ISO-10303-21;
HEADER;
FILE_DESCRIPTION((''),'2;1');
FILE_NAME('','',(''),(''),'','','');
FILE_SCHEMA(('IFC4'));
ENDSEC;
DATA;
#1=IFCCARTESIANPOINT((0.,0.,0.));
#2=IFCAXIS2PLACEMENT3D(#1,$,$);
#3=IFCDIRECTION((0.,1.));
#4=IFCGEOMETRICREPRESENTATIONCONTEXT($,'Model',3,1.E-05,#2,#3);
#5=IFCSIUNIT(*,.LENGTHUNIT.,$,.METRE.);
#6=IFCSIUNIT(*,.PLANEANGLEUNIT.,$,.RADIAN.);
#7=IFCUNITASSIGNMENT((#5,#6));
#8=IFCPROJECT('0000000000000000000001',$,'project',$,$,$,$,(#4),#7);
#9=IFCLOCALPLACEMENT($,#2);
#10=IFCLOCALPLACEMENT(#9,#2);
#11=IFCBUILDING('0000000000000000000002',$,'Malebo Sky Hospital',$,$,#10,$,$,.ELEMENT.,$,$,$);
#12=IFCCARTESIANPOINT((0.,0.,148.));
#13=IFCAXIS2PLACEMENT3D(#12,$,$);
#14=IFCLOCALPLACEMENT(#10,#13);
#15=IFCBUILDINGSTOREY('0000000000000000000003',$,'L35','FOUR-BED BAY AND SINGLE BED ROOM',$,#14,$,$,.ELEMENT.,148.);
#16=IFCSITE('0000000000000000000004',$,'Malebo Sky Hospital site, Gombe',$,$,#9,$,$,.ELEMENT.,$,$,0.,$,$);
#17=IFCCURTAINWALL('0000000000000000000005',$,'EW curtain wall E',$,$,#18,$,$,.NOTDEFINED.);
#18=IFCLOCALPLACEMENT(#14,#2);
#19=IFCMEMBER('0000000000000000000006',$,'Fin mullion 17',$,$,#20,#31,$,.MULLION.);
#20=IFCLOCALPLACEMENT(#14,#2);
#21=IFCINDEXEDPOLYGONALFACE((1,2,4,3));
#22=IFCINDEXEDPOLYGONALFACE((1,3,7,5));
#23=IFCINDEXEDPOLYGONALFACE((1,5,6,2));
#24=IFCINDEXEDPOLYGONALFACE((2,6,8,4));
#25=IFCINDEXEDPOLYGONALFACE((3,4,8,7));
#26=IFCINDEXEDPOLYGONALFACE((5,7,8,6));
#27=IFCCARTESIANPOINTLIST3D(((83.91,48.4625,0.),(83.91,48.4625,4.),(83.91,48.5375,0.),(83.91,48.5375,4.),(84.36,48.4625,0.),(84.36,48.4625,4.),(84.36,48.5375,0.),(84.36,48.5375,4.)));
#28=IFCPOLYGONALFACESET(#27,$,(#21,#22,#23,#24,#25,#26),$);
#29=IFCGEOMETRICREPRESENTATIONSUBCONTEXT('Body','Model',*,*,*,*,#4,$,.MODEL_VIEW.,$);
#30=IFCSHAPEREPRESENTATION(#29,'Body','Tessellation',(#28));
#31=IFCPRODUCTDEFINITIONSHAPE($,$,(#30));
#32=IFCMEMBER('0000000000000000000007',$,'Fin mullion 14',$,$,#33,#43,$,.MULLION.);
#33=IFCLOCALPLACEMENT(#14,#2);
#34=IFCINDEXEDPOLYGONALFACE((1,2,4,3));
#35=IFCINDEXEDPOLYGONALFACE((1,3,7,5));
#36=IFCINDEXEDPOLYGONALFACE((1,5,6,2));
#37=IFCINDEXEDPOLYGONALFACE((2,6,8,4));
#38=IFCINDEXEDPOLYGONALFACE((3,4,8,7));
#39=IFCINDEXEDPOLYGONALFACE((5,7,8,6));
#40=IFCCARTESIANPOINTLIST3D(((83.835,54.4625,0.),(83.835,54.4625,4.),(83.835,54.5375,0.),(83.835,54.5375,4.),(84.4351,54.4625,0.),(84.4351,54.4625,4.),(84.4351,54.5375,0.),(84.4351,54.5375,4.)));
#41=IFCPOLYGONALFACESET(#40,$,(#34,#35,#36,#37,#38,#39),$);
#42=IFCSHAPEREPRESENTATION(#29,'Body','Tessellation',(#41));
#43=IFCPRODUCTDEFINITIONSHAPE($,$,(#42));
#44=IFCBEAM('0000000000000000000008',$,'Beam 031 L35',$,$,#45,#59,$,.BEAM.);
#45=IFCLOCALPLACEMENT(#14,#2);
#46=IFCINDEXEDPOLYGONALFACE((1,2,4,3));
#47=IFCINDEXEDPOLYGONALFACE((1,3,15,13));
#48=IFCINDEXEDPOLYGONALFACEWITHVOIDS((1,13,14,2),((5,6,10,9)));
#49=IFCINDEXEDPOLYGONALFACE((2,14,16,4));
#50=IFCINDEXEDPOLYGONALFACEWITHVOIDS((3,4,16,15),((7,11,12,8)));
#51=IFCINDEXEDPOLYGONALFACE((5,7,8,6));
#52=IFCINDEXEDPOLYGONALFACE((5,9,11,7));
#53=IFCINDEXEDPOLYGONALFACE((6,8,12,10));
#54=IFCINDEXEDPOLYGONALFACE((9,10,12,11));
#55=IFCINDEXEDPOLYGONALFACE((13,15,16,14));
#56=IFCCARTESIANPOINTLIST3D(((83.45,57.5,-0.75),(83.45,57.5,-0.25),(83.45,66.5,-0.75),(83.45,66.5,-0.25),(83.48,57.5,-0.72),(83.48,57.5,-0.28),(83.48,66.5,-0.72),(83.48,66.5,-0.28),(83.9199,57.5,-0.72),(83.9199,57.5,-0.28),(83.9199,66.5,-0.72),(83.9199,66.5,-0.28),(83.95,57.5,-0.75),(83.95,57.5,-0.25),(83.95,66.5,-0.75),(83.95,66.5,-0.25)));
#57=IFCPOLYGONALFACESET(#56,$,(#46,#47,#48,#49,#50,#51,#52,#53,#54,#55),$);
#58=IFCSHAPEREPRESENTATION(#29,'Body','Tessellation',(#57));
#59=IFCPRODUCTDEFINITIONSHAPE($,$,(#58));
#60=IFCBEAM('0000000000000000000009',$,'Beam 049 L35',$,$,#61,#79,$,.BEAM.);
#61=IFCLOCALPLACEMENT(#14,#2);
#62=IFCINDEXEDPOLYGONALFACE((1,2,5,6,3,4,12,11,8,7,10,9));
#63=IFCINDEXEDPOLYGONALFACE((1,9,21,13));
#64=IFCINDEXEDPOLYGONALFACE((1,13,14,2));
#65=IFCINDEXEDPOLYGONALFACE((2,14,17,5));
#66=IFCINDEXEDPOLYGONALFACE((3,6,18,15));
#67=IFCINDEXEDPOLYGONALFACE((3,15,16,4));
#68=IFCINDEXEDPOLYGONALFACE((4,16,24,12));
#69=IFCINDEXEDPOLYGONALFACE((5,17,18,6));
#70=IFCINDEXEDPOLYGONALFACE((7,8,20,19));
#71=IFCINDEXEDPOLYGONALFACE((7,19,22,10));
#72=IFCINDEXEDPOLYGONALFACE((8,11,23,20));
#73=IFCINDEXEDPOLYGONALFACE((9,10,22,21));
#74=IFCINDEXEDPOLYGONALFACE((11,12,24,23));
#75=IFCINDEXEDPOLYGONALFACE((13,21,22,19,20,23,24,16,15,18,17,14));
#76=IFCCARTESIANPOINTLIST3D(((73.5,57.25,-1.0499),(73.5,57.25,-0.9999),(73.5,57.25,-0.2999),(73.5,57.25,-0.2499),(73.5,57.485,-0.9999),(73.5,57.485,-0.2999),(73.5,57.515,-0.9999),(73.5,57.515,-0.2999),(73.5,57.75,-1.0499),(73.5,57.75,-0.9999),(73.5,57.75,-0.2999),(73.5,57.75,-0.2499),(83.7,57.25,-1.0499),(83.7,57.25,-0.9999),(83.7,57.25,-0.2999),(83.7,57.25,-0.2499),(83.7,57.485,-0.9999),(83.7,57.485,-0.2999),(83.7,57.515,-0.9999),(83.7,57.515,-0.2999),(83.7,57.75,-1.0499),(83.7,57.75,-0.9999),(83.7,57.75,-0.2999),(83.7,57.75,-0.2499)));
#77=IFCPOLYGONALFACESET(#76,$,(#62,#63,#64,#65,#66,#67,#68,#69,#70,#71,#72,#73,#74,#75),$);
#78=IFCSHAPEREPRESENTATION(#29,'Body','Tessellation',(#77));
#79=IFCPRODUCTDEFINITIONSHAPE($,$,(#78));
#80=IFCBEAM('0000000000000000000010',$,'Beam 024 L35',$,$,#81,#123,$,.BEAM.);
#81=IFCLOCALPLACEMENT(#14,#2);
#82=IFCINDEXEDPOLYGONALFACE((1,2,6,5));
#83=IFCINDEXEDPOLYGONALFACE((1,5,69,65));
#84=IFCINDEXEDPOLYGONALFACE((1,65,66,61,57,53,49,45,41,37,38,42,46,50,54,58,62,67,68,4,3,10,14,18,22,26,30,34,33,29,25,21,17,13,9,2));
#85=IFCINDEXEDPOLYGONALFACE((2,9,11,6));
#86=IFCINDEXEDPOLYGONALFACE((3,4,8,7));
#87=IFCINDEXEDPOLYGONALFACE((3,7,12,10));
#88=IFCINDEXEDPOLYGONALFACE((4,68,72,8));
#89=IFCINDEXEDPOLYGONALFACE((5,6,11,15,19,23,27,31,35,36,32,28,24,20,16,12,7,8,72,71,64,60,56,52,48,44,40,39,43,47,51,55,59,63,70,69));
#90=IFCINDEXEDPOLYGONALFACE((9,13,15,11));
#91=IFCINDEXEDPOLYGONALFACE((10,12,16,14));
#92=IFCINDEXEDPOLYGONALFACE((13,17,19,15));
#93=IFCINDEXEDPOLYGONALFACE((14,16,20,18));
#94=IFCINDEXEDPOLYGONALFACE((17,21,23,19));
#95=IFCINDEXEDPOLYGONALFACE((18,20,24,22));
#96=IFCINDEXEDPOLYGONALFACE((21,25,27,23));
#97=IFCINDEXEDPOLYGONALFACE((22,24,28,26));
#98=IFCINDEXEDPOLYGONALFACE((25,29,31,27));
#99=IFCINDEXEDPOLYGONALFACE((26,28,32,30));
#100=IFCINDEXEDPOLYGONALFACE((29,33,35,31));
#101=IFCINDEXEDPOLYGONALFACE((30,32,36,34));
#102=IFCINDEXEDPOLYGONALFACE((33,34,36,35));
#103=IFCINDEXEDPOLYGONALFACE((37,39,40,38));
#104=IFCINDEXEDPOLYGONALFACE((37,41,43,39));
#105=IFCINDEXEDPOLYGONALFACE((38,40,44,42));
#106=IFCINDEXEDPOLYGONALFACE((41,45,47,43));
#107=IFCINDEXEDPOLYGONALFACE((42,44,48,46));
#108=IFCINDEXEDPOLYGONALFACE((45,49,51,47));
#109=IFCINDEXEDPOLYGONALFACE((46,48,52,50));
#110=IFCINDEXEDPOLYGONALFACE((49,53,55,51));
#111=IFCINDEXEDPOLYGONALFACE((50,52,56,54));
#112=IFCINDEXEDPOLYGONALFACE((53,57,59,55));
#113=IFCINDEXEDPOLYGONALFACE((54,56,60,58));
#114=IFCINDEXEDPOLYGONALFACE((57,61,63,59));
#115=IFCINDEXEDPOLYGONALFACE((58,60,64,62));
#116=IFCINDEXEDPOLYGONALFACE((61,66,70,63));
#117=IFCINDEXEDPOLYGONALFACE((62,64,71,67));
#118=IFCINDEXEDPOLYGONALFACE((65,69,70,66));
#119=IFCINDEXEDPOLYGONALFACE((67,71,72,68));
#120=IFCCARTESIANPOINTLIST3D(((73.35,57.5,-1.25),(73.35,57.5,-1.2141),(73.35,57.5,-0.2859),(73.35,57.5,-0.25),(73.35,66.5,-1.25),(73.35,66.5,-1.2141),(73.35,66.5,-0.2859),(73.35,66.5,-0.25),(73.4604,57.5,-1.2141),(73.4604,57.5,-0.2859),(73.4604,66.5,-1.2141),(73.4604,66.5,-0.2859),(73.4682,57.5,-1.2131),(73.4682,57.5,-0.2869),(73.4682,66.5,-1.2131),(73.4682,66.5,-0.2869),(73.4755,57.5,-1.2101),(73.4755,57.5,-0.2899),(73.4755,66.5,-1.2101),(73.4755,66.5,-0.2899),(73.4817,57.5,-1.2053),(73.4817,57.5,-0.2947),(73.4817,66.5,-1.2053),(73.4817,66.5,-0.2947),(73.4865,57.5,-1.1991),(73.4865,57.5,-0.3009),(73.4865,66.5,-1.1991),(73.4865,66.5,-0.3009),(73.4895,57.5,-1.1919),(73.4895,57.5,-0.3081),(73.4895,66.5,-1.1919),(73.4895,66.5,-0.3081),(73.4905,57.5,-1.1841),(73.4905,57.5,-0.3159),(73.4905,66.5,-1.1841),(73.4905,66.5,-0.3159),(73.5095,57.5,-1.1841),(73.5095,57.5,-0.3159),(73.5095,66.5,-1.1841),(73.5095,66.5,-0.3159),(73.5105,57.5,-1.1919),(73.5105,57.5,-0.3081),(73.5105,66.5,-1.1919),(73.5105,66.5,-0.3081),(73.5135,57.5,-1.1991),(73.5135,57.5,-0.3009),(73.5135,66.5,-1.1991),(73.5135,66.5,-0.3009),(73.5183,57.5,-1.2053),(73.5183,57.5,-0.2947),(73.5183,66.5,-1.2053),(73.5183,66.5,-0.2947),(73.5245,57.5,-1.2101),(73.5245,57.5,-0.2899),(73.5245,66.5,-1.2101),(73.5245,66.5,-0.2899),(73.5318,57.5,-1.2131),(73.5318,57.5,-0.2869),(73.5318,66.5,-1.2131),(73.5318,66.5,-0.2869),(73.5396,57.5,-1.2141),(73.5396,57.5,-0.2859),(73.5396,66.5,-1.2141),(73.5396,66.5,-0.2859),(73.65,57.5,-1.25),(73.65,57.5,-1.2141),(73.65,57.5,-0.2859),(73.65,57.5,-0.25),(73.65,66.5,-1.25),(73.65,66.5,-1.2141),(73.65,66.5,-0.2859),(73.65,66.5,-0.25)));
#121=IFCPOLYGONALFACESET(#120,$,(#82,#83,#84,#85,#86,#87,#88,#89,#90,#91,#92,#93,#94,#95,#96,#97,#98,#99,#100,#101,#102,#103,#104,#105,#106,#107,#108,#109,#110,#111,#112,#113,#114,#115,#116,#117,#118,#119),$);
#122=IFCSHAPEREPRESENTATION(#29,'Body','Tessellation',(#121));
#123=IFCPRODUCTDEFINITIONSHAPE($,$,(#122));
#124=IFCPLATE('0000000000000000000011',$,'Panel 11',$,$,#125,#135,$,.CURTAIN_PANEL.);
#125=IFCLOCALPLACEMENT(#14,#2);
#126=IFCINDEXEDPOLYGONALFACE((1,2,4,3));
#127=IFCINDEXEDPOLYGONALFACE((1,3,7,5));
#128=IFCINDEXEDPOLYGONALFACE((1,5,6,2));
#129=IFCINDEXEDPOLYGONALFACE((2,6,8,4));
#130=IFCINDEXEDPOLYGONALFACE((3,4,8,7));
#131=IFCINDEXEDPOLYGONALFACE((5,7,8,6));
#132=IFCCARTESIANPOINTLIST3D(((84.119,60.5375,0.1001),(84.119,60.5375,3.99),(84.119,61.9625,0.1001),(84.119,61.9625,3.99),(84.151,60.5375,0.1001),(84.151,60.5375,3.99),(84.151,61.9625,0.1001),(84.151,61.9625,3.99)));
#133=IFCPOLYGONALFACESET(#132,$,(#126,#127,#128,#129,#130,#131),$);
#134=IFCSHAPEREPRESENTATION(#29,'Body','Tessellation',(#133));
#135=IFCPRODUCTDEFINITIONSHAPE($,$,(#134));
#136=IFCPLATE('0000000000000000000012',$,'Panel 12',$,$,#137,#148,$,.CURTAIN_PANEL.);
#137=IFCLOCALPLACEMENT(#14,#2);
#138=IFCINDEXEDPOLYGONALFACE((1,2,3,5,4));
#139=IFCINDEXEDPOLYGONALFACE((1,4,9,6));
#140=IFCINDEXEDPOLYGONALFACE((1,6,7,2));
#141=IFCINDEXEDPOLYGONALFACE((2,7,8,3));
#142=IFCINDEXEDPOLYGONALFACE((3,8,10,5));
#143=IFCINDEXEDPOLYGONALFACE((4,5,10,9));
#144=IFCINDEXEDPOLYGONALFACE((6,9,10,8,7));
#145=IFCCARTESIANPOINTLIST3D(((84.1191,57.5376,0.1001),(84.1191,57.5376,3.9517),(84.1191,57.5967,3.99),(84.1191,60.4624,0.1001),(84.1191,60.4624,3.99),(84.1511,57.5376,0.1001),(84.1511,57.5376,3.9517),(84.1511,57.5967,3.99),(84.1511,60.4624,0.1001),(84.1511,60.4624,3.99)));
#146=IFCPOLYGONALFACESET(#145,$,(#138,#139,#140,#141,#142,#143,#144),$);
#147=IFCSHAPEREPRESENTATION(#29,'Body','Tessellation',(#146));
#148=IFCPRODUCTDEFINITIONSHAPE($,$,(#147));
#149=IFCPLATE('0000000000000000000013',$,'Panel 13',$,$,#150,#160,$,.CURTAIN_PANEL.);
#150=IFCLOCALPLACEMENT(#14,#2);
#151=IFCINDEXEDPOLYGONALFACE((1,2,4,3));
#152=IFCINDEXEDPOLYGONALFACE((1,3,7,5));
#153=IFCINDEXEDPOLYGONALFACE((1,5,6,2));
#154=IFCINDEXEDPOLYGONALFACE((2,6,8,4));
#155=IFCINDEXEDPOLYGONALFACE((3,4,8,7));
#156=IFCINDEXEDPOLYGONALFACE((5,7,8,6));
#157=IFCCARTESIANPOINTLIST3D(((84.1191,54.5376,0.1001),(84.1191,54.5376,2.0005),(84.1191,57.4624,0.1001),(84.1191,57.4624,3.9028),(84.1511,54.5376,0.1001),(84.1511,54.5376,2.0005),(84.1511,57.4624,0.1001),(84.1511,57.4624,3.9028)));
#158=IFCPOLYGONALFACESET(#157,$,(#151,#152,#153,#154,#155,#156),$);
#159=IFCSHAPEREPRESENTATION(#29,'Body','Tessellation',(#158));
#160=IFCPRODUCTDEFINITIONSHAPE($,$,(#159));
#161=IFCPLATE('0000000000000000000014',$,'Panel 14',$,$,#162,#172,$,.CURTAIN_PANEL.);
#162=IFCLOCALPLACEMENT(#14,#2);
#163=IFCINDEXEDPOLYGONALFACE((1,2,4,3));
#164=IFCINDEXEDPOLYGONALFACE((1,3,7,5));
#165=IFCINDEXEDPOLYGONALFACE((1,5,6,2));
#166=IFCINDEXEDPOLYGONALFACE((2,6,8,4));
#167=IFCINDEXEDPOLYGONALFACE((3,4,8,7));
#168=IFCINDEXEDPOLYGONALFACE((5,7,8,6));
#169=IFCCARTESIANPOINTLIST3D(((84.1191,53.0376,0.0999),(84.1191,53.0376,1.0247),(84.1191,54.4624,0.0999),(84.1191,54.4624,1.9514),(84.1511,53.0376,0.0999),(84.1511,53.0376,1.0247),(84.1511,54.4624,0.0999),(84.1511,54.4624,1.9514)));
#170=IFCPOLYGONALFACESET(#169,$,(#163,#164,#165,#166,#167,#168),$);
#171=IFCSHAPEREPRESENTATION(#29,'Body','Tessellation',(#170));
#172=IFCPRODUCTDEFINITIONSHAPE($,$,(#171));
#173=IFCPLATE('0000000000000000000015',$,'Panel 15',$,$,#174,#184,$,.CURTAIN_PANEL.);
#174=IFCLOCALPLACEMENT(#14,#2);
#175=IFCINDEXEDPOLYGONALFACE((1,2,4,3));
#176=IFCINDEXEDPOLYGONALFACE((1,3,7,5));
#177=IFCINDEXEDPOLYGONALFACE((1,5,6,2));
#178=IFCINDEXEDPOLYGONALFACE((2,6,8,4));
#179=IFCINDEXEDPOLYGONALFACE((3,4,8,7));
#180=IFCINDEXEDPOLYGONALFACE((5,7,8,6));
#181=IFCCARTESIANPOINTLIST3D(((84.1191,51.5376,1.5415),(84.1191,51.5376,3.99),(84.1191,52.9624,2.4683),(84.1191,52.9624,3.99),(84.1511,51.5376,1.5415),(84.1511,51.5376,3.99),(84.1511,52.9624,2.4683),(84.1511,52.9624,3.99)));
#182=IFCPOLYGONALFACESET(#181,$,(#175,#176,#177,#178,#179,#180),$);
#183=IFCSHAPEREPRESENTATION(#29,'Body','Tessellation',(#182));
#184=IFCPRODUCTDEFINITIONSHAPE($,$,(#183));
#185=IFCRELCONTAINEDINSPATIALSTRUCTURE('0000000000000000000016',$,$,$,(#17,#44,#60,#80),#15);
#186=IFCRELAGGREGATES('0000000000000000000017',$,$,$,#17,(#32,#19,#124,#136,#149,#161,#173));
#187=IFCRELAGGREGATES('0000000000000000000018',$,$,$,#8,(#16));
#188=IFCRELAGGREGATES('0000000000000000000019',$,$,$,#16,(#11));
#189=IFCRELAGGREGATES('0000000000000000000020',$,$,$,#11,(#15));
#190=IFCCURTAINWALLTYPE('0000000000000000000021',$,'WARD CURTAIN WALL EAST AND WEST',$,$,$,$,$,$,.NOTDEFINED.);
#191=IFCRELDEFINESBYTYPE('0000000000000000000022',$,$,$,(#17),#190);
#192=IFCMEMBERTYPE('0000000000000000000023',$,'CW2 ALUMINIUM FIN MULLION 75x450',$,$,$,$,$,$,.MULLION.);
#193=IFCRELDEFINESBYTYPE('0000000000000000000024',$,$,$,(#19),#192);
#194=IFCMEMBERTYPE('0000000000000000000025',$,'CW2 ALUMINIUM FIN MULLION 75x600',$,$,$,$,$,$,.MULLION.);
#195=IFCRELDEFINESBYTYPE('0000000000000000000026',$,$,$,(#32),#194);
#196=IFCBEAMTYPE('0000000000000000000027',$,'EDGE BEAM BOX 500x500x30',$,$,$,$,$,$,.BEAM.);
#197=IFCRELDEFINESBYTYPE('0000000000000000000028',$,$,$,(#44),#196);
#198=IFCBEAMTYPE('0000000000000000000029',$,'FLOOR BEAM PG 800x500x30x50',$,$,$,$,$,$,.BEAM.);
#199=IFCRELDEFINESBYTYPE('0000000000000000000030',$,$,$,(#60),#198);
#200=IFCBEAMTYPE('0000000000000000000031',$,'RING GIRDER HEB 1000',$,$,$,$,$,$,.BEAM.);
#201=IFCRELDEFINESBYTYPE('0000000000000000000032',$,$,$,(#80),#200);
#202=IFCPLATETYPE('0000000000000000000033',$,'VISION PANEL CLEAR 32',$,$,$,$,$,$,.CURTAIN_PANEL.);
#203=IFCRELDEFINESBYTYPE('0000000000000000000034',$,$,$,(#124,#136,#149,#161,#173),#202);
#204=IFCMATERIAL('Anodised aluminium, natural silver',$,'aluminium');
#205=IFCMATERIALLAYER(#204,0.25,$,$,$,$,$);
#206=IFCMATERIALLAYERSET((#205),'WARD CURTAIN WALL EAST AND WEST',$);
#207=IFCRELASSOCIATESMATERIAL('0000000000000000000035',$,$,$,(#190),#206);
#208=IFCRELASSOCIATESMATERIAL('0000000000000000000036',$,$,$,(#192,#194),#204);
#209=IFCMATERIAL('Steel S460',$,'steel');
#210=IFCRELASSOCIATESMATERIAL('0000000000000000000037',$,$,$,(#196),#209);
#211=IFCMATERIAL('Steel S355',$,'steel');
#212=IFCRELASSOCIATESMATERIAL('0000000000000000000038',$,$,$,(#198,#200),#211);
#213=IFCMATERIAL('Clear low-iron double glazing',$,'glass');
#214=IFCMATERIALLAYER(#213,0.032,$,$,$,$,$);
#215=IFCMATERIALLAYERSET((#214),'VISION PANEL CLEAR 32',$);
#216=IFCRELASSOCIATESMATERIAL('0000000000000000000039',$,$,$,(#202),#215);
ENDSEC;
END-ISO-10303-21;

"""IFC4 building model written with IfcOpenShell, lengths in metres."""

from ifc_helpers import new_model, si_unit, direction, frame, origin, origin_2d, place, context, subcontext, project, spatial, polyline, rectangle, hollow_rectangle, i_section, outline, extrude, material, layer, layer_set, material_profile, profile_set, type_object, element, aggregate, save


model = new_model("IFC4")

# Units and contexts
model_context = context("Model", 3, precision=1e-05, world=origin(), true_north=direction((0.0, 1.0)))
body_context = subcontext(model_context, "Body", "Model", "MODEL_VIEW")
ifc_project = project(units=[si_unit("LENGTHUNIT", "METRE"), si_unit("PLANEANGLEUNIT", "RADIAN")], contexts=[model_context])

# Site, building, storey
site_placement = place(None, origin())
site = spatial("IfcSite", under=ifc_project, at=site_placement, Name="Malebo Sky Hospital site, Gombe", CompositionType="ELEMENT", RefElevation=0.0)
building_placement = place(site_placement, origin())
building = spatial("IfcBuilding", under=site, at=building_placement, Name="Malebo Sky Hospital", CompositionType="ELEMENT")
storey_placement = place(building_placement, frame((0.0, 0.0, 148.0)))
storey = spatial("IfcBuildingStorey", under=building, at=storey_placement, Name="L35", Description="FOUR-BED BAY AND SINGLE BED ROOM", CompositionType="ELEMENT", Elevation=148.0)

# Shared definitions
ifc_material_1 = material(Name="Steel S460", Category="steel")

# Curtain wall
ifc_material_2 = material(Name="Anodised aluminium, natural silver", Category="aluminium")
ifc_layer_1 = layer(ifc_material_2, 0.25)
ifc_layer_set_1 = layer_set([ifc_layer_1], Name="WARD CURTAIN WALL EAST AND WEST")
curtain_wall_type = type_object("IfcCurtainWallType", Name="WARD CURTAIN WALL EAST AND WEST", PredefinedType="NOTDEFINED", material=ifc_layer_set_1)
curtain_wall_placement = place(storey_placement, origin())
curtain_wall = element("IfcCurtainWall", 1, at=curtain_wall_placement, inside=storey, type_object=curtain_wall_type, Name="EW curtain wall E", PredefinedType="NOTDEFINED")

# Members
ifc_material_3 = material(Name="Steel S355", Category="steel")
ifc_material_profile_1 = material_profile(ifc_material_2, rectangle(XDim=0.075, YDim=0.45, at=origin_2d()), Name="CW2 ALUMINIUM FIN MULLION 75x450")
ifc_profile_set_1 = profile_set([ifc_material_profile_1], Name="Anodised aluminium, natural silver")
member_type_1 = type_object("IfcMemberType", Name="CW2 ALUMINIUM FIN MULLION 75x450", PredefinedType="MULLION", material=ifc_profile_set_1)
member_1_placement = place(storey_placement, frame((84.135, 48.5, 0.0), z_axis=(0.0, 0.0, 1.0), x_axis=(0.0, -1.0, 0.0)))
member_1 = element("IfcMember", 2, at=member_1_placement, type_object=member_type_1, Name="Fin mullion 17", PredefinedType="MULLION", context=body_context, shape_type="SweptSolid", body=[
    extrude(rectangle(XDim=0.075, YDim=0.45, at=origin_2d()), origin(), (0.0, 0.0, 1.0), 4.0),
])
ifc_material_profile_2 = material_profile(ifc_material_2, rectangle(XDim=0.075, YDim=0.6001, at=origin_2d()), Name="CW2 ALUMINIUM FIN MULLION 75x600")
ifc_profile_set_2 = profile_set([ifc_material_profile_2], Name="Anodised aluminium, natural silver")
member_type_2 = type_object("IfcMemberType", Name="CW2 ALUMINIUM FIN MULLION 75x600", PredefinedType="MULLION", material=ifc_profile_set_2)
member_2_placement = place(storey_placement, frame((84.135, 54.5, 0.0), z_axis=(0.0, 0.0, 1.0), x_axis=(0.0, -1.0, 0.0)))
member_2 = element("IfcMember", 3, at=member_2_placement, type_object=member_type_2, Name="Fin mullion 14", PredefinedType="MULLION", context=body_context, shape_type="SweptSolid", body=[
    extrude(rectangle(XDim=0.075, YDim=0.6001, at=origin_2d()), origin(), (0.0, 0.0, 1.0), 4.0),
])

# Beams
ifc_material_profile_3 = material_profile(ifc_material_1, hollow_rectangle(XDim=0.5, YDim=0.5, WallThickness=0.03, at=origin_2d()), Name="BOX 500x500x30")
ifc_profile_set_3 = profile_set([ifc_material_profile_3], Name="Steel S460")
beam_type_1 = type_object("IfcBeamType", Name="EDGE BEAM BOX 500x500x30", PredefinedType="BEAM", material=ifc_profile_set_3)
beam_1_placement = place(storey_placement, frame((83.7, 57.5, -0.5), z_axis=(0.0, 1.0, 0.0), x_axis=(-1.0, 0.0, 0.0)))
element("IfcBeam", 4, at=beam_1_placement, inside=storey, type_object=beam_type_1, Name="Beam 031 L35", PredefinedType="BEAM", context=body_context, shape_type="SweptSolid", body=[
    extrude(hollow_rectangle(XDim=0.5, YDim=0.5, WallThickness=0.03, at=origin_2d()), origin(), (0.0, 0.0, 1.0), 9.0),
])
ifc_material_profile_4 = material_profile(ifc_material_3, i_section(OverallWidth=0.5, OverallDepth=0.8, WebThickness=0.03, FlangeThickness=0.05, at=origin_2d()), Name="PG 800x500x30x50")
ifc_profile_set_4 = profile_set([ifc_material_profile_4], Name="Steel S355")
beam_type_2 = type_object("IfcBeamType", Name="FLOOR BEAM PG 800x500x30x50", PredefinedType="BEAM", material=ifc_profile_set_4)
beam_2_placement = place(storey_placement, frame((73.5, 57.5, -0.6499), z_axis=(1.0, 0.0, 0.0), x_axis=(0.0, 1.0, 0.0)))
element("IfcBeam", 5, at=beam_2_placement, inside=storey, type_object=beam_type_2, Name="Beam 049 L35", PredefinedType="BEAM", context=body_context, shape_type="SweptSolid", body=[
    extrude(i_section(OverallWidth=0.5, OverallDepth=0.8, WebThickness=0.03, FlangeThickness=0.05, at=origin_2d()), origin(), (0.0, 0.0, 1.0), 10.2),
])
ifc_material_profile_5 = material_profile(ifc_material_3, i_section(OverallWidth=0.3, OverallDepth=1.0, WebThickness=0.019, FlangeThickness=0.0359, FilletRadius=0.03, at=origin_2d()), Name="HEB 1000")
ifc_profile_set_5 = profile_set([ifc_material_profile_5], Name="Steel S355")
beam_type_3 = type_object("IfcBeamType", Name="RING GIRDER HEB 1000", PredefinedType="BEAM", material=ifc_profile_set_5)
beam_3_placement = place(storey_placement, frame((73.5, 57.5, -0.75), z_axis=(0.0, 1.0, 0.0), x_axis=(-1.0, 0.0, 0.0)))
element("IfcBeam", 6, at=beam_3_placement, inside=storey, type_object=beam_type_3, Name="Beam 024 L35", PredefinedType="BEAM", context=body_context, shape_type="SweptSolid", body=[
    extrude(i_section(OverallWidth=0.3, OverallDepth=1.0, WebThickness=0.019, FlangeThickness=0.0359, FilletRadius=0.03, at=origin_2d()), origin(), (0.0, 0.0, 1.0), 9.0),
])

# Plates
ifc_material_4 = material(Name="Clear low-iron double glazing", Category="glass")
ifc_layer_2 = layer(ifc_material_4, 0.032)
ifc_layer_set_2 = layer_set([ifc_layer_2], Name="VISION PANEL CLEAR 32")
plate_type = type_object("IfcPlateType", Name="VISION PANEL CLEAR 32", PredefinedType="CURTAIN_PANEL", material=ifc_layer_set_2)
plate_1_placement = place(storey_placement, frame((84.135, 61.25, 0.1001), z_axis=(0.0, 0.0, 1.0), x_axis=(0.0, -1.0, 0.0)))
plate_1 = element("IfcPlate", 7, at=plate_1_placement, type_object=plate_type, Name="Panel 11", PredefinedType="CURTAIN_PANEL", context=body_context, shape_type="SweptSolid", body=[
    extrude(rectangle(XDim=1.425, YDim=0.032, at=origin_2d()), origin(), (0.0, 0.0, 1.0), 3.8899),
])
plate_2_placement = place(storey_placement, frame((84.135, 59.0, 0.1001), z_axis=(0.0, 0.0, 1.0), x_axis=(0.0, -1.0, 0.0)))
plate_2 = element("IfcPlate", 8, at=plate_2_placement, type_object=plate_type, Name="Panel 12", PredefinedType="CURTAIN_PANEL", context=body_context, shape_type="SweptSolid", body=[
    extrude(outline(polyline([(-1.4624, 0.0), (1.4624, 0.0), (1.4624, 3.8516), (1.4033, 3.8899), (-1.4624, 3.8899), (-1.4624, 0.0)])), frame((0.0, 0.0161, 0.0), z_axis=(0.0, -1.0, 0.0), x_axis=(1.0, 0.0, 0.0)), (0.0, 0.0, 1.0), 0.032),
])
plate_3_placement = place(storey_placement, frame((84.135, 56.0, 0.1001), z_axis=(0.0, 0.0, 1.0), x_axis=(0.0, -1.0, 0.0)))
plate_3 = element("IfcPlate", 9, at=plate_3_placement, type_object=plate_type, Name="Panel 13", PredefinedType="CURTAIN_PANEL", context=body_context, shape_type="SweptSolid", body=[
    extrude(outline(polyline([(-1.4624, 0.0), (1.4624, 0.0), (1.4624, 1.9004), (-1.4624, 3.8027), (-1.4624, 0.0)])), frame((0.0, 0.0161, 0.0), z_axis=(0.0, -1.0, 0.0), x_axis=(1.0, 0.0, 0.0)), (0.0, 0.0, 1.0), 0.032),
])
plate_4_placement = place(storey_placement, frame((84.135, 53.75, 0.0999), z_axis=(0.0, 0.0, 1.0), x_axis=(0.0, -1.0, 0.0)))
plate_4 = element("IfcPlate", 10, at=plate_4_placement, type_object=plate_type, Name="Panel 14", PredefinedType="CURTAIN_PANEL", context=body_context, shape_type="SweptSolid", body=[
    extrude(outline(polyline([(-0.7124, 0.0), (0.7124, 0.0), (0.7124, 0.9248), (-0.7124, 1.8516), (-0.7124, 0.0)])), frame((0.0, 0.0161, 0.0), z_axis=(0.0, -1.0, 0.0), x_axis=(1.0, 0.0, 0.0)), (0.0, 0.0, 1.0), 0.032),
])
plate_5_placement = place(storey_placement, frame((84.135, 52.25, 1.5415), z_axis=(0.0, 0.0, 1.0), x_axis=(0.0, -1.0, 0.0)))
plate_5 = element("IfcPlate", 11, at=plate_5_placement, type_object=plate_type, Name="Panel 15", PredefinedType="CURTAIN_PANEL", context=body_context, shape_type="SweptSolid", body=[
    extrude(outline(polyline([(0.7124, 0.0), (0.7124, 2.4485), (-0.7124, 2.4485), (-0.7124, 0.9268), (0.7124, 0.0)])), frame((0.0, 0.0161, 0.0), z_axis=(0.0, -1.0, 0.0), x_axis=(1.0, 0.0, 0.0)), (0.0, 0.0, 1.0), 0.032),
])
aggregate(curtain_wall, [member_2, member_1, plate_1, plate_2, plate_3, plate_4, plate_5])

save(model, "model.ifc")
